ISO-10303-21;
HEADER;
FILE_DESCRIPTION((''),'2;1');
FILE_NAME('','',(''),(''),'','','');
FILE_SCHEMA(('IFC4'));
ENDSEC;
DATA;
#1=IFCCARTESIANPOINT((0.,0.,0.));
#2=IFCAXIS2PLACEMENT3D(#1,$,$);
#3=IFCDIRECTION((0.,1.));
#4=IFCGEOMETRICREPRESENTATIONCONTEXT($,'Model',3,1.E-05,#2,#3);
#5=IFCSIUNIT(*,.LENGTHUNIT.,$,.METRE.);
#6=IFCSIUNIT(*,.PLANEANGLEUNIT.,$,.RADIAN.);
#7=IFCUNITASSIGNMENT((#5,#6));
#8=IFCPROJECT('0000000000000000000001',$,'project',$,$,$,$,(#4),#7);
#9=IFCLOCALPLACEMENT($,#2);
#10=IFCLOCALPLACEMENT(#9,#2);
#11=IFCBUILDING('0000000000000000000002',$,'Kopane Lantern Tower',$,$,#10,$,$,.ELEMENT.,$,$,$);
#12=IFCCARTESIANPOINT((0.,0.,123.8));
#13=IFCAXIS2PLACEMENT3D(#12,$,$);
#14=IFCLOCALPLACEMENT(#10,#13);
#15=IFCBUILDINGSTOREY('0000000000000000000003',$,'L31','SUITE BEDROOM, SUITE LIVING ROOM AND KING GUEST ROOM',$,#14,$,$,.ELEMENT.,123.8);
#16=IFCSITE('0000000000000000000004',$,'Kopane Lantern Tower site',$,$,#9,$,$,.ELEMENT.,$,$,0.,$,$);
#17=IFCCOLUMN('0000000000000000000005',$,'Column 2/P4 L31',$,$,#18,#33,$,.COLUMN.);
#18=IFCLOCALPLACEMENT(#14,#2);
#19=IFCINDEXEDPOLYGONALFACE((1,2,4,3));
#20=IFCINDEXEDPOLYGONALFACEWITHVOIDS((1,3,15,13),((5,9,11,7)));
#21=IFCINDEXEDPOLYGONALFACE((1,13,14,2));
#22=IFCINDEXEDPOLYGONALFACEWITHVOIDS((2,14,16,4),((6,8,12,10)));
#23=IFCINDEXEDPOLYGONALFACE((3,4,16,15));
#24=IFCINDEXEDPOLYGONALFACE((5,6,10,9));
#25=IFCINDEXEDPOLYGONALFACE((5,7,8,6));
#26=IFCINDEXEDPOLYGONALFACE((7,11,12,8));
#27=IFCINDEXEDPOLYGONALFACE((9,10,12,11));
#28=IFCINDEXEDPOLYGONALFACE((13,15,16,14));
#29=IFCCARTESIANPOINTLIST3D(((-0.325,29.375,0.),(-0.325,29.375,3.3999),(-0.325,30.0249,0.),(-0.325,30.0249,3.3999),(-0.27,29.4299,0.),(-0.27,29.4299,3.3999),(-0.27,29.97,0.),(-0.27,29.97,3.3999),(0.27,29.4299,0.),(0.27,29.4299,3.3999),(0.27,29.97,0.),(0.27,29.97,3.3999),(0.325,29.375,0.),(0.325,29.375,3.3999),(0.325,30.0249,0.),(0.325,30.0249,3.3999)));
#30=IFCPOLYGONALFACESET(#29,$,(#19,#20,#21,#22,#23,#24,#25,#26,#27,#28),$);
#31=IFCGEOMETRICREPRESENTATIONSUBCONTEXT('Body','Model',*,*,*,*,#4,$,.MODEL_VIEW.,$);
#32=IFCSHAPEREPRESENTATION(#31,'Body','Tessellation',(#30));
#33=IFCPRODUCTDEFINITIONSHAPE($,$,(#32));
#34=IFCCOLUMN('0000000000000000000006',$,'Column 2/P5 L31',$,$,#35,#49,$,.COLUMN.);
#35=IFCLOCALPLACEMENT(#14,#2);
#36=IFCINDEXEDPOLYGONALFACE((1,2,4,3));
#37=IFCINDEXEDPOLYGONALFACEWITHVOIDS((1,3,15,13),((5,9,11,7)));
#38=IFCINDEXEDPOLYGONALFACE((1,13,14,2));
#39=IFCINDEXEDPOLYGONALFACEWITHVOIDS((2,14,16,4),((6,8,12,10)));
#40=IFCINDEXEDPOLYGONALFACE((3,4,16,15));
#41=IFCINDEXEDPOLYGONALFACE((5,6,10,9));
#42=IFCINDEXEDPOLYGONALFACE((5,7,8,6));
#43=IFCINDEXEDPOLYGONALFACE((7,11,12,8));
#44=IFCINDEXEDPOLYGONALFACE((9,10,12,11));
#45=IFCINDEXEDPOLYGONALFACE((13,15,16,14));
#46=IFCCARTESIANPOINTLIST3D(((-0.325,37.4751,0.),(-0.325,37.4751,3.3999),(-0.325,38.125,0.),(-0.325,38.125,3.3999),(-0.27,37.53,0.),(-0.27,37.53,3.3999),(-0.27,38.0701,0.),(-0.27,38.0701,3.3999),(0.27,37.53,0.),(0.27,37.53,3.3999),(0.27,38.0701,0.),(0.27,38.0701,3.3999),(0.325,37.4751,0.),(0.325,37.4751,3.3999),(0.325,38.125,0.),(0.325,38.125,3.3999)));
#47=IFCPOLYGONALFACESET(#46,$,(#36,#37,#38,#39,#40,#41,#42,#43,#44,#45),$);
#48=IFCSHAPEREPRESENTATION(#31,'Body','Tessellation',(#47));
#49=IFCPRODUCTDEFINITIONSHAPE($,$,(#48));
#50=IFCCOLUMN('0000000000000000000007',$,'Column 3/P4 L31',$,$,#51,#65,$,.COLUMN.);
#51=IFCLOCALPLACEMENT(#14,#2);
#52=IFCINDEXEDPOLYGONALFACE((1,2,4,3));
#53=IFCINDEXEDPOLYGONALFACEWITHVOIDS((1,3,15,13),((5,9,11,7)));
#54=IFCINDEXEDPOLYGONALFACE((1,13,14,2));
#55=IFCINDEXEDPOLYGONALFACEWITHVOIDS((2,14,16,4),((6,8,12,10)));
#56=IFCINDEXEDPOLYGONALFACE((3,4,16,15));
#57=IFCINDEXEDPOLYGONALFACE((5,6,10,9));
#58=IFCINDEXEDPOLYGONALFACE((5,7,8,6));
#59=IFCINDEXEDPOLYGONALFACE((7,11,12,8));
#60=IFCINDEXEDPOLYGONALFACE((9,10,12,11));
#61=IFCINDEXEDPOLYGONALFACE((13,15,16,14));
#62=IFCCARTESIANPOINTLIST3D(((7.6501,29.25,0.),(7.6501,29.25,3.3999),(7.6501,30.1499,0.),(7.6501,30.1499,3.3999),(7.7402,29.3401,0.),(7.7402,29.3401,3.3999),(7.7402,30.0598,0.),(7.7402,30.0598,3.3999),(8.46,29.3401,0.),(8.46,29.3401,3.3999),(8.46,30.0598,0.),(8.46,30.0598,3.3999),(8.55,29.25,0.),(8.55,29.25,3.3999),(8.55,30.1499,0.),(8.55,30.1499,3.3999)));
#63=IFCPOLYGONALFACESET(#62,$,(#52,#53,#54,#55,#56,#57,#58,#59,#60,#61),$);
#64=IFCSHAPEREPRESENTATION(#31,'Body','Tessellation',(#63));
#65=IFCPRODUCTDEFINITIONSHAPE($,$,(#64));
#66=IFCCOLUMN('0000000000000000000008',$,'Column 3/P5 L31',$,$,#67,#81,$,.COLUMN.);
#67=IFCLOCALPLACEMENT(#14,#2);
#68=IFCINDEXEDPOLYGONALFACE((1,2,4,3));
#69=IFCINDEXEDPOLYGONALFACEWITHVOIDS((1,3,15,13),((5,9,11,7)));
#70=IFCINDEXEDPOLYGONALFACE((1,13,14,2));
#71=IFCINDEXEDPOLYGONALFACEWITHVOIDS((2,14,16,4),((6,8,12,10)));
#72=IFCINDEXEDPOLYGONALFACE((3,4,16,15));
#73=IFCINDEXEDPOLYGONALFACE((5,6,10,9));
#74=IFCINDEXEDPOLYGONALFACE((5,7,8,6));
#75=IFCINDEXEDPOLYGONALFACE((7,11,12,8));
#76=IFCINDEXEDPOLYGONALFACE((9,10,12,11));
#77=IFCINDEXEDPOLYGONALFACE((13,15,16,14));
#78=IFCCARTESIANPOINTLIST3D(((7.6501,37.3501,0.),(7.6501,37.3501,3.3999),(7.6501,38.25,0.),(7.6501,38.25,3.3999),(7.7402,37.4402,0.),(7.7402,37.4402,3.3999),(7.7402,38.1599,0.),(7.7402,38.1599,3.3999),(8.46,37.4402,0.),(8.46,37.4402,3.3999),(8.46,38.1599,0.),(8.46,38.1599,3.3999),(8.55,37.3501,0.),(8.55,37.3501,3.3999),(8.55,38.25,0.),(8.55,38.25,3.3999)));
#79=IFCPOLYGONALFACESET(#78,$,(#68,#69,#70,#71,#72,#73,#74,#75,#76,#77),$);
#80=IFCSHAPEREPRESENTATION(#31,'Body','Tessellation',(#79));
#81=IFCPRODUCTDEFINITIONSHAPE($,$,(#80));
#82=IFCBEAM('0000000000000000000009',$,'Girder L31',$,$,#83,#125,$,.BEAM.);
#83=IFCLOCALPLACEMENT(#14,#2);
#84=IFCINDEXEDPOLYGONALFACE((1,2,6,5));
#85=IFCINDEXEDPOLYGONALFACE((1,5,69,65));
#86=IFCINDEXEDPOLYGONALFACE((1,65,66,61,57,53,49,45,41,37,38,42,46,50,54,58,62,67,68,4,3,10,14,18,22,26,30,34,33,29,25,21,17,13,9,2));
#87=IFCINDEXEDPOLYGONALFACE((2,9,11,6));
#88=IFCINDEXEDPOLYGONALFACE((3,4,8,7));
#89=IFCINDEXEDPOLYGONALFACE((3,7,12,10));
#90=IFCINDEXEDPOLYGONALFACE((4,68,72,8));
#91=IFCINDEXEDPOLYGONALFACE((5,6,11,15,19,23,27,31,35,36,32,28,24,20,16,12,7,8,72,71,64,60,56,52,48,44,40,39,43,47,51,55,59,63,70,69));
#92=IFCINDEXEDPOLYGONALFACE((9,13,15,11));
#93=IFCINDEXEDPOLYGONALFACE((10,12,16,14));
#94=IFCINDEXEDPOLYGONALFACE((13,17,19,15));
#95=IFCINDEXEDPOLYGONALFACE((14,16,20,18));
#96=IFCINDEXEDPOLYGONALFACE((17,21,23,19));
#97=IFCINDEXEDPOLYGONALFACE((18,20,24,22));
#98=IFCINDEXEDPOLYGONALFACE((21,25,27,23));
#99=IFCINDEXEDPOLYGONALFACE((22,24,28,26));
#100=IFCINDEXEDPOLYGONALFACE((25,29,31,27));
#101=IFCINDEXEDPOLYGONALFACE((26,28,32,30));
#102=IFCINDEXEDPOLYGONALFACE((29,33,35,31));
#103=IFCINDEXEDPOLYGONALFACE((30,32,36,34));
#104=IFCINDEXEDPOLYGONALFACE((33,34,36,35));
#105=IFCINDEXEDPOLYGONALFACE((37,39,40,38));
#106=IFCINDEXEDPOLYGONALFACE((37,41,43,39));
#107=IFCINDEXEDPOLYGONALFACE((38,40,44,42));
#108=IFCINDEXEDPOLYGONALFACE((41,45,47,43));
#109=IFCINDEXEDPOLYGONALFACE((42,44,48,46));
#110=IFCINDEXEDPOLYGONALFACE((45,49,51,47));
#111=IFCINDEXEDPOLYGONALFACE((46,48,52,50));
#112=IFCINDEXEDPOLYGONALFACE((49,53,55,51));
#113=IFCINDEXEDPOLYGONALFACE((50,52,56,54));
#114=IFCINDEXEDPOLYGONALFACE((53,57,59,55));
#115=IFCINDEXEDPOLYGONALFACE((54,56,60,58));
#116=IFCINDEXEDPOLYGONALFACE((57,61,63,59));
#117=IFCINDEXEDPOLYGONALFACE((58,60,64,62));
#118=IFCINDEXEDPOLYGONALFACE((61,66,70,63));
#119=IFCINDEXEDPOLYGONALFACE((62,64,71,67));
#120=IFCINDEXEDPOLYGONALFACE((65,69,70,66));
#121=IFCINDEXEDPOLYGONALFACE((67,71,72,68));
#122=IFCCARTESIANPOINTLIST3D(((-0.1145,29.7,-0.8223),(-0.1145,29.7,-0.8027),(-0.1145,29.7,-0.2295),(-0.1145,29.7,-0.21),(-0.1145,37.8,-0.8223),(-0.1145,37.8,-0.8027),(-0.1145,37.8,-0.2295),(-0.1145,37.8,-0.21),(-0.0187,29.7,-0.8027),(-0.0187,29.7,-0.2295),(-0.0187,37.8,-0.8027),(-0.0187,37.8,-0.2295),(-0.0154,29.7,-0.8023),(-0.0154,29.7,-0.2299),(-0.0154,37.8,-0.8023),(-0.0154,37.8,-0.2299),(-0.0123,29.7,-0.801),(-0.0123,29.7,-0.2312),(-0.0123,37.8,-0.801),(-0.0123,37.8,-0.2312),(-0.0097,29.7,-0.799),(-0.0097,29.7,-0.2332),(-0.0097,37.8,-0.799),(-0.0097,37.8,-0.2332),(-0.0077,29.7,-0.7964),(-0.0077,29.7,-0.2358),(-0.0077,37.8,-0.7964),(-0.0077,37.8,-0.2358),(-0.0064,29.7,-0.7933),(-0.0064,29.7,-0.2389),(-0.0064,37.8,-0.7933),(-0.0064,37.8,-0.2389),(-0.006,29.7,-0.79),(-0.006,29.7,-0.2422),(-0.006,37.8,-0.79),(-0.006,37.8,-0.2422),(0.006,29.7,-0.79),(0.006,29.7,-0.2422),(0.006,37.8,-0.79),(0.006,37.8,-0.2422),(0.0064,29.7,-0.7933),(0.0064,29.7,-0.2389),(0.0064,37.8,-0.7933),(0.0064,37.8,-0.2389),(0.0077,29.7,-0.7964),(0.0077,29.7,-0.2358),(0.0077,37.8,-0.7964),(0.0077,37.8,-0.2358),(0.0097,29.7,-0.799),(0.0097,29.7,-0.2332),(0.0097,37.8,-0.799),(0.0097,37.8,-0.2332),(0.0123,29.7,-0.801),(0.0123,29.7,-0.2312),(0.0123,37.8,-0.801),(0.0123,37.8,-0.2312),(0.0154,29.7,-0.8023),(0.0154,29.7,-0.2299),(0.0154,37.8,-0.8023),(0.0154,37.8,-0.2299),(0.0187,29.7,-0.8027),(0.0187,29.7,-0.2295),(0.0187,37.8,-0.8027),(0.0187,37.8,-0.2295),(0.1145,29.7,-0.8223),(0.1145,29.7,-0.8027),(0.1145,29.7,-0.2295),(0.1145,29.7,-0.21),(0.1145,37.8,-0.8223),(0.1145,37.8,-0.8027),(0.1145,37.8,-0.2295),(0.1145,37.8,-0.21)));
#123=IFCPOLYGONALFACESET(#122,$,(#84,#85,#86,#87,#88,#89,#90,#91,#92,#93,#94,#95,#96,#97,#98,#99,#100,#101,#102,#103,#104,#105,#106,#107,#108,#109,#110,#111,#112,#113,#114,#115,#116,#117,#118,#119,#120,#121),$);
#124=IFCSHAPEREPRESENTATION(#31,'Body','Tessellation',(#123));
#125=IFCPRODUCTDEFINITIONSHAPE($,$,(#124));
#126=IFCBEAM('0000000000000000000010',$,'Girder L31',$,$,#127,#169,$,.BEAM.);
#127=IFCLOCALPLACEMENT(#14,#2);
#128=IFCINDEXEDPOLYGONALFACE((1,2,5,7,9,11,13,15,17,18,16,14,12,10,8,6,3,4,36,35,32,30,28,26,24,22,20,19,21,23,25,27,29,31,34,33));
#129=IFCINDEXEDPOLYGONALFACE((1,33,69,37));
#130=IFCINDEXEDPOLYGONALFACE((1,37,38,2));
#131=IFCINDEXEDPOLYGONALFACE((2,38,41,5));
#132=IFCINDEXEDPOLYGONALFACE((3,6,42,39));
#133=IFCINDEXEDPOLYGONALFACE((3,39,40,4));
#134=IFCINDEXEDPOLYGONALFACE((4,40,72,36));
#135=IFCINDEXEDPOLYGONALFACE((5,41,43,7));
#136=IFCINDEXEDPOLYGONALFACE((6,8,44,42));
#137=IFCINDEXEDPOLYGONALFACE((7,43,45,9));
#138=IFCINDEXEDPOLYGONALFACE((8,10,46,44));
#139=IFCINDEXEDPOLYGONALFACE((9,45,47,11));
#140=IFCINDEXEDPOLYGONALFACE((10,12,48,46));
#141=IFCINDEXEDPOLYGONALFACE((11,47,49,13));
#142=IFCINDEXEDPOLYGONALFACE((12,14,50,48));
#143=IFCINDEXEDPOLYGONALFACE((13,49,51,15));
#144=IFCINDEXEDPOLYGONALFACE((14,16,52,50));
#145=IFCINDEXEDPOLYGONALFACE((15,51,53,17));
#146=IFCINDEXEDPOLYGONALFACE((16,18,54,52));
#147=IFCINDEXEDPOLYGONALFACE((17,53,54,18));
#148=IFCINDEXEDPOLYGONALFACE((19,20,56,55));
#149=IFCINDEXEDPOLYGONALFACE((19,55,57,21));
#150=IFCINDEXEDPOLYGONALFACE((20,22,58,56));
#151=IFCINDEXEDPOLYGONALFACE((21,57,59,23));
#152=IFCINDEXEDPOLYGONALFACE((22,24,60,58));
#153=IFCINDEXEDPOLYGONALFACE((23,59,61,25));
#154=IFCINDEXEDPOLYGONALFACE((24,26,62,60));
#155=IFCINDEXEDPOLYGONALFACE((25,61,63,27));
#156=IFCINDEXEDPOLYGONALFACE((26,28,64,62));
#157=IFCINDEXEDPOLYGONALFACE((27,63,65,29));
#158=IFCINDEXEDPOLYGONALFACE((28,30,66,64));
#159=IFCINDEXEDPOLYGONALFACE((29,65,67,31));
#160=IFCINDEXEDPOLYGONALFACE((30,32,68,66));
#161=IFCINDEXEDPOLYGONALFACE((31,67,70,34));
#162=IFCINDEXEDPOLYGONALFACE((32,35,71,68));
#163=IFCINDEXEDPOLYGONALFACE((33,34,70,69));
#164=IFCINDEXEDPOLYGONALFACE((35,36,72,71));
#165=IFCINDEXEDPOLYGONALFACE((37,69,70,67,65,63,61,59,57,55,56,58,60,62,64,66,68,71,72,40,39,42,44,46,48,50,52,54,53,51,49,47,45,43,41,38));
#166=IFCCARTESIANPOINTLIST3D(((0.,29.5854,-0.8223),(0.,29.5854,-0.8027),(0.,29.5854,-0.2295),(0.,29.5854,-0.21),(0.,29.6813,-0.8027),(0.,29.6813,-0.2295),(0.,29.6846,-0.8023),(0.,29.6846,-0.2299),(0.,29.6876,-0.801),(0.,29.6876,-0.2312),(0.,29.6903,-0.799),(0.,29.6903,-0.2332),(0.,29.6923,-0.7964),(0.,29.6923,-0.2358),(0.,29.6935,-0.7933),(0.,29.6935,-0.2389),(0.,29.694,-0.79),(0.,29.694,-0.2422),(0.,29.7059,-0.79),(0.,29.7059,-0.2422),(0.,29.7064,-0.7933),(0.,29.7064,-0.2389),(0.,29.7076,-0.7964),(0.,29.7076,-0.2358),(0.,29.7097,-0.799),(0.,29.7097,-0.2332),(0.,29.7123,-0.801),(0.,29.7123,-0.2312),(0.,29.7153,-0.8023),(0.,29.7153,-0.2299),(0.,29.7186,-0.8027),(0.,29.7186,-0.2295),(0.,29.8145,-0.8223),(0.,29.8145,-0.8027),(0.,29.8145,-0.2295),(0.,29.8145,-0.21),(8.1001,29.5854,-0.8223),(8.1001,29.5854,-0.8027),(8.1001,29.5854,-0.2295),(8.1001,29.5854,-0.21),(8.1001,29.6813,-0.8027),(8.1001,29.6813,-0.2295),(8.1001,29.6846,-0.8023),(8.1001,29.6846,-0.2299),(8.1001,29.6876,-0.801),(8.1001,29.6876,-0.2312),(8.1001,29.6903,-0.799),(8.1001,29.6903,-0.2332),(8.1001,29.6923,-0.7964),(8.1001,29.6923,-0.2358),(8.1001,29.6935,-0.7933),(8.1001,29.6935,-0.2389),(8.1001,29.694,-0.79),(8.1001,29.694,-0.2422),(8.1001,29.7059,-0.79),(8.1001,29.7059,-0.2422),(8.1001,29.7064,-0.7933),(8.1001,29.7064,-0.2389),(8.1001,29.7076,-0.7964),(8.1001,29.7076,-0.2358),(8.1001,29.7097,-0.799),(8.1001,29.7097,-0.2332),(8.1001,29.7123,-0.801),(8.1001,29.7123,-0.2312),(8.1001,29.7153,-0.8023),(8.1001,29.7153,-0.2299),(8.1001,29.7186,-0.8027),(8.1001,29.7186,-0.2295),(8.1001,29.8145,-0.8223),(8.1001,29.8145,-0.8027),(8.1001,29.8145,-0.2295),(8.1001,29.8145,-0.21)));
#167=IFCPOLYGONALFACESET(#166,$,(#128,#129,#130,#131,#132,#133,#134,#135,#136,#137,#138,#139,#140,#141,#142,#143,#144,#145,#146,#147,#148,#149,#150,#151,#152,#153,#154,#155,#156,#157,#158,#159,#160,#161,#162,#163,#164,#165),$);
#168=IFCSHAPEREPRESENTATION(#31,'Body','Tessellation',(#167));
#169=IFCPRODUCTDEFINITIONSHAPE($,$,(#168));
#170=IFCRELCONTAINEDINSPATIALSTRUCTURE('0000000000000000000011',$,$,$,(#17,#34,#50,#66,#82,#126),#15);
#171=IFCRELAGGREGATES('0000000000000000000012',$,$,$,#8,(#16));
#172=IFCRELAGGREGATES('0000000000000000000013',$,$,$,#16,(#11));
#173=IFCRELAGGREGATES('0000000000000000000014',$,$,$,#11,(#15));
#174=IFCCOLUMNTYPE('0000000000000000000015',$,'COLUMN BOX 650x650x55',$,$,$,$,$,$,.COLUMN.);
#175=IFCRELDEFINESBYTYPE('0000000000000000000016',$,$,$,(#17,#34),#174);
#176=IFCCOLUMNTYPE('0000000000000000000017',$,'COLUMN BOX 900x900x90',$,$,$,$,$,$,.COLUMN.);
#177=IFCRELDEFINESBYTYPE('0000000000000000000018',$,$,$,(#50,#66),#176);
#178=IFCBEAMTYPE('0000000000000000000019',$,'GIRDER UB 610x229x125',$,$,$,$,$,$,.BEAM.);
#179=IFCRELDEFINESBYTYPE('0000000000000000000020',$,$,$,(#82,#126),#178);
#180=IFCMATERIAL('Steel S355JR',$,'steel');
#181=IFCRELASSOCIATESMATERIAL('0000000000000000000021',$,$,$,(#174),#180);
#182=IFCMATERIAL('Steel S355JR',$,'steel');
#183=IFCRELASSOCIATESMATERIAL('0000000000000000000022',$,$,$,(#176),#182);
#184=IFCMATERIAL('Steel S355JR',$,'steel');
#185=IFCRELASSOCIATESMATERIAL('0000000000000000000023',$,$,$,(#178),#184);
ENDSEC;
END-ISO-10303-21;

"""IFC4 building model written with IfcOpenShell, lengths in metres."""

from ifc_helpers import new_model, si_unit, direction, frame, origin, origin_2d, place, context, subcontext, project, spatial, hollow_rectangle, i_section, extrude, material, material_profile, profile_set, type_object, element, save


model = new_model("IFC4")

# Units and contexts
model_context = context("Model", 3, precision=1e-05, world=origin(), true_north=direction((0.0, 1.0)))
body_context = subcontext(model_context, "Body", "Model", "MODEL_VIEW")
ifc_project = project(units=[si_unit("LENGTHUNIT", "METRE"), si_unit("PLANEANGLEUNIT", "RADIAN")], contexts=[model_context])

# Site, building, storey
site_placement = place(None, origin())
site = spatial("IfcSite", under=ifc_project, at=site_placement, Name="Kopane Lantern Tower site", CompositionType="ELEMENT", RefElevation=0.0)
building_placement = place(site_placement, origin())
building = spatial("IfcBuilding", under=site, at=building_placement, Name="Kopane Lantern Tower", CompositionType="ELEMENT")
storey_placement = place(building_placement, frame((0.0, 0.0, 123.8)))
storey = spatial("IfcBuildingStorey", under=building, at=storey_placement, Name="L31", Description="SUITE BEDROOM, SUITE LIVING ROOM AND KING GUEST ROOM", CompositionType="ELEMENT", Elevation=123.8)

# Columns
ifc_material_1 = material(Name="Steel S355JR", Category="steel")
ifc_material_profile_1 = material_profile(ifc_material_1, hollow_rectangle(XDim=0.6499, YDim=0.6499, WallThickness=0.0549, at=origin_2d()), Name="BOX 650x650x55")
ifc_profile_set_1 = profile_set([ifc_material_profile_1], Name="Steel S355JR")
column_type_1 = type_object("IfcColumnType", Name="COLUMN BOX 650x650x55", PredefinedType="COLUMN", material=ifc_profile_set_1)
for number, where, z_axis, x_axis, name in (
    (1, (0.0, 29.7, 0.0), (0.0, 0.0, 1.0), (1.0, 0.0, 0.0), "Column 2/P4 L31"),
    (2, (0.0, 37.8, 0.0), (0.0, 0.0, 1.0), (1.0, 0.0, 0.0), "Column 2/P5 L31"),
):
    element("IfcColumn", number, at=place(storey_placement, frame(where, z_axis=z_axis, x_axis=x_axis)), inside=storey, type_object=column_type_1, Name=name, PredefinedType="COLUMN", context=body_context, shape_type="SweptSolid", body=[
        extrude(hollow_rectangle(XDim=0.6499, YDim=0.6499, WallThickness=0.0549, at=origin_2d()), origin(), (0.0, 0.0, 1.0), 3.3999),
    ])
ifc_material_2 = material(Name="Steel S355JR", Category="steel")
ifc_material_profile_2 = material_profile(ifc_material_2, hollow_rectangle(XDim=0.8999, YDim=0.8999, WallThickness=0.0901, at=origin_2d()), Name="BOX 900x900x90")
ifc_profile_set_2 = profile_set([ifc_material_profile_2], Name="Steel S355JR")
column_type_2 = type_object("IfcColumnType", Name="COLUMN BOX 900x900x90", PredefinedType="COLUMN", material=ifc_profile_set_2)
for number, where, z_axis, x_axis, name in (
    (3, (8.1001, 29.7, 0.0), (0.0, 0.0, 1.0), (1.0, 0.0, 0.0), "Column 3/P4 L31"),
    (4, (8.1001, 37.8, 0.0), (0.0, 0.0, 1.0), (1.0, 0.0, 0.0), "Column 3/P5 L31"),
):
    element("IfcColumn", number, at=place(storey_placement, frame(where, z_axis=z_axis, x_axis=x_axis)), inside=storey, type_object=column_type_2, Name=name, PredefinedType="COLUMN", context=body_context, shape_type="SweptSolid", body=[
        extrude(hollow_rectangle(XDim=0.8999, YDim=0.8999, WallThickness=0.0901, at=origin_2d()), origin(), (0.0, 0.0, 1.0), 3.3999),
    ])

# Beams
ifc_material_3 = material(Name="Steel S355JR", Category="steel")
ifc_material_profile_3 = material_profile(ifc_material_3, i_section(OverallWidth=0.229, OverallDepth=0.6123, WebThickness=0.012, FlangeThickness=0.0195, FilletRadius=0.0127, at=origin_2d()), Name="UB 610x229x125")
ifc_profile_set_3 = profile_set([ifc_material_profile_3], Name="Steel S355JR")
beam_type = type_object("IfcBeamType", Name="GIRDER UB 610x229x125", PredefinedType="BEAM", material=ifc_profile_set_3)
for number, where, z_axis, x_axis, name in (
    (5, (0.0, 29.7, -0.5161), (0.0, 1.0, 0.0), (-1.0, 0.0, 0.0), "Girder L31"),
    (6, (0.0, 29.7, -0.5161), (1.0, 0.0, 0.0), (0.0, 1.0, 0.0), "Girder L31"),
):
    element("IfcBeam", number, at=place(storey_placement, frame(where, z_axis=z_axis, x_axis=x_axis)), inside=storey, type_object=beam_type, Name=name, PredefinedType="BEAM", context=body_context, shape_type="SweptSolid", body=[
        extrude(i_section(OverallWidth=0.229, OverallDepth=0.6123, WebThickness=0.012, FlangeThickness=0.0195, FilletRadius=0.0127, at=origin_2d()), origin(), (0.0, 0.0, 1.0), 8.1001),
    ])

save(model, "model.ifc")
